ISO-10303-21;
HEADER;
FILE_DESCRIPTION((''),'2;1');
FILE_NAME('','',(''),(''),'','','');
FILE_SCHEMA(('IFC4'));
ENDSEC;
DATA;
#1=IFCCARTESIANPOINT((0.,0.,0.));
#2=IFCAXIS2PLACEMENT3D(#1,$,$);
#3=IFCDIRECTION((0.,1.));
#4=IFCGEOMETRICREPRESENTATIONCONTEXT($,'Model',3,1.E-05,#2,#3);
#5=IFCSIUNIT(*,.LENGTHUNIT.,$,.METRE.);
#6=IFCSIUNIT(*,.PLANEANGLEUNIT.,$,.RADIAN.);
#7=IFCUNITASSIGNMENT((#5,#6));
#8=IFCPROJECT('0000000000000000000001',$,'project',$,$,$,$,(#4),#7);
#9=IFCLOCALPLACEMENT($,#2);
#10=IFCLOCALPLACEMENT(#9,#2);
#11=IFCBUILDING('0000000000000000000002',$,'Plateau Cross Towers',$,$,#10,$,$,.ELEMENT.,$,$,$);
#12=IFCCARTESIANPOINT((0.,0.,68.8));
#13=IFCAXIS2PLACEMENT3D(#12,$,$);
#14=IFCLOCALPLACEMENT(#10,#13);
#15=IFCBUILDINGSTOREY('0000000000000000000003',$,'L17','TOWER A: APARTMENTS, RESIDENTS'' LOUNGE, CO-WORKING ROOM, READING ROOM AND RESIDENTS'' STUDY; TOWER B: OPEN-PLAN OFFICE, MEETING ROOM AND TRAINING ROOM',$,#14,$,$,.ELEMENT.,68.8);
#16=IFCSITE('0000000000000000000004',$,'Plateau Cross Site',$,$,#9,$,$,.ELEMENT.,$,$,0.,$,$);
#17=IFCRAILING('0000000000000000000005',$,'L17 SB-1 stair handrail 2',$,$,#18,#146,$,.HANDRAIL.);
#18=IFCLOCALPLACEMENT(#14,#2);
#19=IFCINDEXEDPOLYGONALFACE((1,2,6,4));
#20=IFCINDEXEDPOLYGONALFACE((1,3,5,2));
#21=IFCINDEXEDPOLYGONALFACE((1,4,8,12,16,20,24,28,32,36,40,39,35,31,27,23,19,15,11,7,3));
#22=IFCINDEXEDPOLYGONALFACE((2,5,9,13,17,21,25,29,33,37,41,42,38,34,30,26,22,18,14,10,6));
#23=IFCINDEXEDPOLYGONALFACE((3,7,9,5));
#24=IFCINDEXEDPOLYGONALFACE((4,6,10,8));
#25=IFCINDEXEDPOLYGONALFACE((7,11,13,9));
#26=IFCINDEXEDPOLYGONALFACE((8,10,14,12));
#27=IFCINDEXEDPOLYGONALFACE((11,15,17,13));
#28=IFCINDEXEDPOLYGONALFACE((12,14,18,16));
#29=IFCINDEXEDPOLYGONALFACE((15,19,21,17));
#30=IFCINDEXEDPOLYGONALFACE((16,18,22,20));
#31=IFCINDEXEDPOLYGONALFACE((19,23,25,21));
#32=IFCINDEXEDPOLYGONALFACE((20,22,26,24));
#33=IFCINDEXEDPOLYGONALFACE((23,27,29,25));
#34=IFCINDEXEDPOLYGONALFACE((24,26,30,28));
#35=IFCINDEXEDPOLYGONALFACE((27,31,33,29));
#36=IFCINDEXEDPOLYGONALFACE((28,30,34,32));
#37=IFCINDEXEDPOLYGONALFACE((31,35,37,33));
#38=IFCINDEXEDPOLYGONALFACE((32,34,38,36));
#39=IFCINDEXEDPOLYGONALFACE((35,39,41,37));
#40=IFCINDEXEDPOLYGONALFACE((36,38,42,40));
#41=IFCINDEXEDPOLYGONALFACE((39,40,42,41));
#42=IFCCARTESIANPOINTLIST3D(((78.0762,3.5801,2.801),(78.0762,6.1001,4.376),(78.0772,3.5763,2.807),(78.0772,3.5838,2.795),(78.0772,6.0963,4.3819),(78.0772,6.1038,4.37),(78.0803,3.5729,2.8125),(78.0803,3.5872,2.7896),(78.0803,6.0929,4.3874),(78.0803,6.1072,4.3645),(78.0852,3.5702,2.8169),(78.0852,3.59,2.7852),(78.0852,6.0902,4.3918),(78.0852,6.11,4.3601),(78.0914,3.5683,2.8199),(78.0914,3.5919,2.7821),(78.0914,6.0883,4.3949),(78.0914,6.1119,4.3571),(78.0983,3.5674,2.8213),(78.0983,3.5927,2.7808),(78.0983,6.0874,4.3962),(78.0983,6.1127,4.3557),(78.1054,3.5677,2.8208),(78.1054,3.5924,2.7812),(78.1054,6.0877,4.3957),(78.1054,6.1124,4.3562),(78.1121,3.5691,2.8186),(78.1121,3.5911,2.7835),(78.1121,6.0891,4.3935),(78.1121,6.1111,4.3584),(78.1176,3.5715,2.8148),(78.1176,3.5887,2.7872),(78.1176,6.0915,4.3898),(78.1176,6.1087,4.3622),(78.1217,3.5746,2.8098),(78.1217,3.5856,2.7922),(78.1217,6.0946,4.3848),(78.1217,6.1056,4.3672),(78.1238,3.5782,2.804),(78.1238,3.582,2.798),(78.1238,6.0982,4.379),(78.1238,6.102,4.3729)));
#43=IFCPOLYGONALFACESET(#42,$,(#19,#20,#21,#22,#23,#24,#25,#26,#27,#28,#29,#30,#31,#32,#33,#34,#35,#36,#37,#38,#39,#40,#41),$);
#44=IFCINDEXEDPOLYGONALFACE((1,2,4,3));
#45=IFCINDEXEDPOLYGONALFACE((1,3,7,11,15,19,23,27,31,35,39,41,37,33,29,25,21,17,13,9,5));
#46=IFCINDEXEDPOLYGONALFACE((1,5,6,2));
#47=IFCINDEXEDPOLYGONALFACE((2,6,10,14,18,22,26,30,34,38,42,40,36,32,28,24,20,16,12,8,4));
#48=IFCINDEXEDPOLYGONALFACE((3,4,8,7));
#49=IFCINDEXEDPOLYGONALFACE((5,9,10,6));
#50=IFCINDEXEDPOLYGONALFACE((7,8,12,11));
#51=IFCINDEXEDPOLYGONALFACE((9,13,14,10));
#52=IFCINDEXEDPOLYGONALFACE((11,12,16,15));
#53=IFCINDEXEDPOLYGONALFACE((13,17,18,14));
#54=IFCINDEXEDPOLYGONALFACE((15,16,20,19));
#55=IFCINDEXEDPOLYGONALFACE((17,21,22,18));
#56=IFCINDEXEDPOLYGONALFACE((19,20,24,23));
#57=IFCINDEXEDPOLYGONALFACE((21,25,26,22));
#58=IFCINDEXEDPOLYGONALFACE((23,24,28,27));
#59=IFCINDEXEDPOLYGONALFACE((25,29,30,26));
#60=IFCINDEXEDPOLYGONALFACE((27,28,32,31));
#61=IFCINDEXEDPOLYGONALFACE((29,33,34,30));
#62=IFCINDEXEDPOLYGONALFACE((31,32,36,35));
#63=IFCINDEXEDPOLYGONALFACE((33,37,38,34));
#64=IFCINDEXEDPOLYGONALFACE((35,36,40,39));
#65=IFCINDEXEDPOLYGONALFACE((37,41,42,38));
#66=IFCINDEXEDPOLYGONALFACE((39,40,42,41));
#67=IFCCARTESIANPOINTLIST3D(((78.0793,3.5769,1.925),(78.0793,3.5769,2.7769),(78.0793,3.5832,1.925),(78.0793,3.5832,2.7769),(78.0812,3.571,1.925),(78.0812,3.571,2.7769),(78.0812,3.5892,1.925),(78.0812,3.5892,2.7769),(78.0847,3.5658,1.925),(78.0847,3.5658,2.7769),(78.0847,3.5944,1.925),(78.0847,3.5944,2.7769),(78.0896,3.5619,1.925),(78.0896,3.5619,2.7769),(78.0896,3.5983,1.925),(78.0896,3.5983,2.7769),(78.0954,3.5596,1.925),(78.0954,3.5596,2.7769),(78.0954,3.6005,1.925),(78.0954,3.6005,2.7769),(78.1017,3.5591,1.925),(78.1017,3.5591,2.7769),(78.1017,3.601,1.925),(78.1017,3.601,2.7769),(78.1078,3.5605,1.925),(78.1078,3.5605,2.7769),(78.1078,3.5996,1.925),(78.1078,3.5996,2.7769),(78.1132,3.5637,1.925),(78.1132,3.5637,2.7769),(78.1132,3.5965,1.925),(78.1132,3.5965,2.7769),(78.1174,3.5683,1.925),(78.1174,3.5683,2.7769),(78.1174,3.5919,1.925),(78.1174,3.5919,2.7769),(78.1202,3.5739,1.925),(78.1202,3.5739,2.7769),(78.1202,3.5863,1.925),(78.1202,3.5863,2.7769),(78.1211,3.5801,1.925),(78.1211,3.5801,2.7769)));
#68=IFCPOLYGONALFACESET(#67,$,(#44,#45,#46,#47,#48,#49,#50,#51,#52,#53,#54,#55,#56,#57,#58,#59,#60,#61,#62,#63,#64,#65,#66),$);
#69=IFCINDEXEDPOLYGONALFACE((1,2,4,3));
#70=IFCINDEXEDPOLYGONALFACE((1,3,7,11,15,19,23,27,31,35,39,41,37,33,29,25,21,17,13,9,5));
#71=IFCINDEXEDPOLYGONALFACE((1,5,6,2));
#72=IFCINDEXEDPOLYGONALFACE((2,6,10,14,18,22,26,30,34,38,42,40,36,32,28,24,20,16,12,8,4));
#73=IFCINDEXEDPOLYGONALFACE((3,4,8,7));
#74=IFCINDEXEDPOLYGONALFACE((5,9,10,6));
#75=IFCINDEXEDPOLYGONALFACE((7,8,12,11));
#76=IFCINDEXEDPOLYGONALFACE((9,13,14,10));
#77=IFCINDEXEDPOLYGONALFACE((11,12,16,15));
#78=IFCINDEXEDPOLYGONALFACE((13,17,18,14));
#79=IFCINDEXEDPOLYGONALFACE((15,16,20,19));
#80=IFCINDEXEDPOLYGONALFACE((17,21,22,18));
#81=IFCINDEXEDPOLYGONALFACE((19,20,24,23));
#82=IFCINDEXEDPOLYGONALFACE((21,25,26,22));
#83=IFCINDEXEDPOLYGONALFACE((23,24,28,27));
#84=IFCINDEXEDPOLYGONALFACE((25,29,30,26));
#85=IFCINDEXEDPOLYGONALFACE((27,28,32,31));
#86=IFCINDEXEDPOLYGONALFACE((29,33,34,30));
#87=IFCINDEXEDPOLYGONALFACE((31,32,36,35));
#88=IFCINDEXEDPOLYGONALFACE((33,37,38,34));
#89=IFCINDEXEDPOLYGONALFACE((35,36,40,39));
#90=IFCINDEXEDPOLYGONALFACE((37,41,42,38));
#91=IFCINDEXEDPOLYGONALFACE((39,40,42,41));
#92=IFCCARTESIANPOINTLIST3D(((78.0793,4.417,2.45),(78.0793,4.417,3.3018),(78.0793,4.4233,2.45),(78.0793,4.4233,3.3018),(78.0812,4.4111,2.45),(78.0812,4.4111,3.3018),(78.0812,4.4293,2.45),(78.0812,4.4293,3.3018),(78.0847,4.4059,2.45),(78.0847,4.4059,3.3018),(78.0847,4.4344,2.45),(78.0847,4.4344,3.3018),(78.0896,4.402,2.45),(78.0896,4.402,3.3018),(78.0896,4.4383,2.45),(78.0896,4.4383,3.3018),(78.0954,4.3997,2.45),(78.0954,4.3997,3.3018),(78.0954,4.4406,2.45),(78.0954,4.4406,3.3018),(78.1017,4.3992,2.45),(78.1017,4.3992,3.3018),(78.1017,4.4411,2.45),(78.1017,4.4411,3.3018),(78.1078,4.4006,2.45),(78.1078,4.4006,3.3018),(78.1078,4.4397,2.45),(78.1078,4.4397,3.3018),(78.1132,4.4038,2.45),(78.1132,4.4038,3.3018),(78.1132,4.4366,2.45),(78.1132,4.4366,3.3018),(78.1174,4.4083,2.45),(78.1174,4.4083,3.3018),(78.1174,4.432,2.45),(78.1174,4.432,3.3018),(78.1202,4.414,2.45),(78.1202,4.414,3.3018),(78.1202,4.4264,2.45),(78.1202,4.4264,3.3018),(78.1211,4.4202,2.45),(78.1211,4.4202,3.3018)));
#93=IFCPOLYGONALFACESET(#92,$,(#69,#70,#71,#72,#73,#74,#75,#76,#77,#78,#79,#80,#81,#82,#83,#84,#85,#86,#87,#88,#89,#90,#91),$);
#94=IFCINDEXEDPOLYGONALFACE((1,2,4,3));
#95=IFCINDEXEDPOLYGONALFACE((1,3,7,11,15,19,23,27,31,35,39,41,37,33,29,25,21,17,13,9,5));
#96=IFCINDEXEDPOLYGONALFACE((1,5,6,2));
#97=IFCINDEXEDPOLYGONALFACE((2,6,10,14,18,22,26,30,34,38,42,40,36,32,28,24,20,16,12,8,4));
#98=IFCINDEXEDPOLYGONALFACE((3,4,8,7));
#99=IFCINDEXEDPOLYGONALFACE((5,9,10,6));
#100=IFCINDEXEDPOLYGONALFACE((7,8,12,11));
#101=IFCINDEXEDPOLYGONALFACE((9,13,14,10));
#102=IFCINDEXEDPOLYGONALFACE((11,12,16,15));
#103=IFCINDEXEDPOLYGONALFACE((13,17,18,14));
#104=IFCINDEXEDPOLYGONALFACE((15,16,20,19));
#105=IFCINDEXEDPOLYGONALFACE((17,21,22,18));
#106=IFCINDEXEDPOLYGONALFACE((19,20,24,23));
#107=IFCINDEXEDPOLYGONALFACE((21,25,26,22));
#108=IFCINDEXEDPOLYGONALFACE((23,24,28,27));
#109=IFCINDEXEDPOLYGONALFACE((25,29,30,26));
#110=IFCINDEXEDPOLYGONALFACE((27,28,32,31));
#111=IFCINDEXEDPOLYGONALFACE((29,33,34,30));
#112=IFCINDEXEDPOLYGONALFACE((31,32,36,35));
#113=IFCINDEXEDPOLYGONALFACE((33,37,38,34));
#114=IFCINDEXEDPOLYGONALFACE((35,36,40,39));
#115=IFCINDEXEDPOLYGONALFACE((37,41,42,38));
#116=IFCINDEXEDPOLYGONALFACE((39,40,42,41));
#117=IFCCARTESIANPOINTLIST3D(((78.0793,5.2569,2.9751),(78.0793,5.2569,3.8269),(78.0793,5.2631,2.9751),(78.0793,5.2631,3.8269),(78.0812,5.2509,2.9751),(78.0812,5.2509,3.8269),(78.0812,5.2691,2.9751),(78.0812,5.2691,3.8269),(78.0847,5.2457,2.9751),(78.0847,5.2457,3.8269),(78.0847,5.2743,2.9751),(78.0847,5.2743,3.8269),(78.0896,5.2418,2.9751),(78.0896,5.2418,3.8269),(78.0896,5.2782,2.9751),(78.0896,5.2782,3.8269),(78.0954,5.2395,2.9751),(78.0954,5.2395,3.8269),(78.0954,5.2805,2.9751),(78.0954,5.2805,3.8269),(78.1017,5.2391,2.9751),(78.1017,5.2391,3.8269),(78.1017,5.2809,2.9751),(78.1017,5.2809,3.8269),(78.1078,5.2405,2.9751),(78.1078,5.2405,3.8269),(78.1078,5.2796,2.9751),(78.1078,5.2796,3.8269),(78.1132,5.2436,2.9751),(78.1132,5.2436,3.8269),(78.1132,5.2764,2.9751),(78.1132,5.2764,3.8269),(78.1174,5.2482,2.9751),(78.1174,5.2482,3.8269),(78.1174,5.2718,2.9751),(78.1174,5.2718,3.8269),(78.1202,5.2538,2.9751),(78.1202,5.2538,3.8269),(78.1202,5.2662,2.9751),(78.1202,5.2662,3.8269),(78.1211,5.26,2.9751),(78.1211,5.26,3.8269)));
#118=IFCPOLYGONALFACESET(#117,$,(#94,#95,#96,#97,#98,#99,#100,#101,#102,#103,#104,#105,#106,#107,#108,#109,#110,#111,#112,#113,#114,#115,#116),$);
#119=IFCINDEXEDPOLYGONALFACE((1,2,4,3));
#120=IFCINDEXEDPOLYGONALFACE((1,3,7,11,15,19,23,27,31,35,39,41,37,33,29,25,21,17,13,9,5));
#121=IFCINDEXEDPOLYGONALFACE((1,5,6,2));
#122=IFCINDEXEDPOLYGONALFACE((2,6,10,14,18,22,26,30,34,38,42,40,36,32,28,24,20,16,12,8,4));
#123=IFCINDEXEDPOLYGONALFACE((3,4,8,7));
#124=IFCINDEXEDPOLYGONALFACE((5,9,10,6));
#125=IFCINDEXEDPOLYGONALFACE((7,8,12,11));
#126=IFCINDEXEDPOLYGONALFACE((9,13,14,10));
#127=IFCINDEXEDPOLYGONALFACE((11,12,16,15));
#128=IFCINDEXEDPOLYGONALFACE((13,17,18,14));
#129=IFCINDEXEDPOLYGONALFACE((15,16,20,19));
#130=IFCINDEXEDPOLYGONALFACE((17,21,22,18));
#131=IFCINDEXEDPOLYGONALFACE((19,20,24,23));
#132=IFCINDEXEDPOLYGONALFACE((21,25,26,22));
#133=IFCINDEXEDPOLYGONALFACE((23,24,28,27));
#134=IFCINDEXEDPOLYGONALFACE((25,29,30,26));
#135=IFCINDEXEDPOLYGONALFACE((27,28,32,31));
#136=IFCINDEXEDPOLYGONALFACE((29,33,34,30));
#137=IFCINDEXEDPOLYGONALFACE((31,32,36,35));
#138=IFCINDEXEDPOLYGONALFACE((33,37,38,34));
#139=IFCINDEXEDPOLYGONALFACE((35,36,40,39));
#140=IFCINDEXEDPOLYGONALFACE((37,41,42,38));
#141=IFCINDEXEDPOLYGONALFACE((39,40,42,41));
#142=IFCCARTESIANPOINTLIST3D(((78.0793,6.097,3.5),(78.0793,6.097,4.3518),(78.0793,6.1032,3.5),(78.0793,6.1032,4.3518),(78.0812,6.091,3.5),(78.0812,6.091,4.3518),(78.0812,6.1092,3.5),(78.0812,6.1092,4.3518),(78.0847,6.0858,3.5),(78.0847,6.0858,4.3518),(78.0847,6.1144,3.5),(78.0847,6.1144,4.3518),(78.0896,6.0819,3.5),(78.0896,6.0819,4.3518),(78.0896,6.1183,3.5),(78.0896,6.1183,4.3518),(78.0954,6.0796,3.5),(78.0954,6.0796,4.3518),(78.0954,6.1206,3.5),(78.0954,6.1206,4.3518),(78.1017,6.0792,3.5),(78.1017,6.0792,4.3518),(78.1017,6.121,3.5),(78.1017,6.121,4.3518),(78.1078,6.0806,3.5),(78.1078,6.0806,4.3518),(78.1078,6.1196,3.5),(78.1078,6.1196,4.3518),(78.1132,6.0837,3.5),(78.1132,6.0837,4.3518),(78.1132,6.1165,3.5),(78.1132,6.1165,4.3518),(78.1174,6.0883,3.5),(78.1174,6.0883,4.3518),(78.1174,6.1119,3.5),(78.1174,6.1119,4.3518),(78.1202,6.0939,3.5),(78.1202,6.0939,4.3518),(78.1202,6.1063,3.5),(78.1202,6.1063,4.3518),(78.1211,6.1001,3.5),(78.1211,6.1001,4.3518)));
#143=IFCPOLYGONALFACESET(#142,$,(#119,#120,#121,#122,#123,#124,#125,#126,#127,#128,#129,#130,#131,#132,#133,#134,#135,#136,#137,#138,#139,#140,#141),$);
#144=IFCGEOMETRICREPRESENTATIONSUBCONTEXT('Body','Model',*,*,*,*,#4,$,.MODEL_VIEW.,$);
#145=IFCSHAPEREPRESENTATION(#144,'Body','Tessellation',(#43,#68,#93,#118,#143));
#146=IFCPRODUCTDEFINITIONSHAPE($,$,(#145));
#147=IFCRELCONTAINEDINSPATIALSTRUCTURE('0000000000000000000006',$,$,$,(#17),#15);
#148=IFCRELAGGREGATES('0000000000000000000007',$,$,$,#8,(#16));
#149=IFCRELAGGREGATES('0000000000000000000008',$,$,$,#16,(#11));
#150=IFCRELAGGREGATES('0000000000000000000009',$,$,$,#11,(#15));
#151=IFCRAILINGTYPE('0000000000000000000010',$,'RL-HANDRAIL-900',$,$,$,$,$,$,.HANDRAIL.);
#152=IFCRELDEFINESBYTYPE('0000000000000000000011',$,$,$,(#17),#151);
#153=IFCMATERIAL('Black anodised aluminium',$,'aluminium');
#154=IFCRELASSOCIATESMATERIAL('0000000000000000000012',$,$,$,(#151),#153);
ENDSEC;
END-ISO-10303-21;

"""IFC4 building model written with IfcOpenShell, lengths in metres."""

from ifc_helpers import new_model, si_unit, direction, frame, origin, origin_2d, place, context, subcontext, project, spatial, circle, extrude, material, type_object, element, save


model = new_model("IFC4")

# Units and contexts
model_context = context("Model", 3, precision=1e-05, world=origin(), true_north=direction((0.0, 1.0)))
body_context = subcontext(model_context, "Body", "Model", "MODEL_VIEW")
ifc_project = project(units=[si_unit("LENGTHUNIT", "METRE"), si_unit("PLANEANGLEUNIT", "RADIAN")], contexts=[model_context])

# Site, building, storey
site_placement = place(None, origin())
site = spatial("IfcSite", under=ifc_project, at=site_placement, Name="Plateau Cross Site", CompositionType="ELEMENT", RefElevation=0.0)
building_placement = place(site_placement, origin())
building = spatial("IfcBuilding", under=site, at=building_placement, Name="Plateau Cross Towers", CompositionType="ELEMENT")
storey_placement = place(building_placement, frame((0.0, 0.0, 68.8)))
storey = spatial("IfcBuildingStorey", under=building, at=storey_placement, Name="L17", Description="TOWER A: APARTMENTS, RESIDENTS' LOUNGE, CO-WORKING ROOM, READING ROOM AND RESIDENTS' STUDY; TOWER B: OPEN-PLAN OFFICE, MEETING ROOM AND TRAINING ROOM", CompositionType="ELEMENT", Elevation=68.8)

# Shared definitions
ifc_material_1 = material(Name="Black anodised aluminium", Category="aluminium")

# Railing
railing_type_1 = type_object("IfcRailingType", Name="RL-HANDRAIL-900", PredefinedType="HANDRAIL", material=ifc_material_1)
railing_1_placement = place(storey_placement, frame((78.1001, 3.5801, 1.925)))
element("IfcRailing", 1, at=railing_1_placement, inside=storey, type_object=railing_type_1, Name="L17 SB-1 stair handrail 2", PredefinedType="HANDRAIL", context=body_context, shape_type="SweptSolid", body=[
    extrude(circle(Radius=0.0239, at=origin_2d()), frame((0.0, 0.0, 0.876), z_axis=(0.0, 0.848008, 0.529984), x_axis=(-1.0, 0.0, 0.0)), (0.0, 0.0, 1.0), 2.9717),
    extrude(circle(Radius=0.021, at=origin_2d()), origin(), (0.0, 0.0, 1.0), 0.8518),
    extrude(circle(Radius=0.021, at=origin_2d()), frame((0.0, 0.8401, 0.5249)), (0.0, 0.0, 1.0), 0.8518),
    extrude(circle(Radius=0.021, at=origin_2d()), frame((0.0, 1.6799, 1.05)), (0.0, 0.0, 1.0), 0.8518),
    extrude(circle(Radius=0.021, at=origin_2d()), frame((0.0, 2.52, 1.575)), (0.0, 0.0, 1.0), 0.8518),
])

save(model, "model.ifc")
